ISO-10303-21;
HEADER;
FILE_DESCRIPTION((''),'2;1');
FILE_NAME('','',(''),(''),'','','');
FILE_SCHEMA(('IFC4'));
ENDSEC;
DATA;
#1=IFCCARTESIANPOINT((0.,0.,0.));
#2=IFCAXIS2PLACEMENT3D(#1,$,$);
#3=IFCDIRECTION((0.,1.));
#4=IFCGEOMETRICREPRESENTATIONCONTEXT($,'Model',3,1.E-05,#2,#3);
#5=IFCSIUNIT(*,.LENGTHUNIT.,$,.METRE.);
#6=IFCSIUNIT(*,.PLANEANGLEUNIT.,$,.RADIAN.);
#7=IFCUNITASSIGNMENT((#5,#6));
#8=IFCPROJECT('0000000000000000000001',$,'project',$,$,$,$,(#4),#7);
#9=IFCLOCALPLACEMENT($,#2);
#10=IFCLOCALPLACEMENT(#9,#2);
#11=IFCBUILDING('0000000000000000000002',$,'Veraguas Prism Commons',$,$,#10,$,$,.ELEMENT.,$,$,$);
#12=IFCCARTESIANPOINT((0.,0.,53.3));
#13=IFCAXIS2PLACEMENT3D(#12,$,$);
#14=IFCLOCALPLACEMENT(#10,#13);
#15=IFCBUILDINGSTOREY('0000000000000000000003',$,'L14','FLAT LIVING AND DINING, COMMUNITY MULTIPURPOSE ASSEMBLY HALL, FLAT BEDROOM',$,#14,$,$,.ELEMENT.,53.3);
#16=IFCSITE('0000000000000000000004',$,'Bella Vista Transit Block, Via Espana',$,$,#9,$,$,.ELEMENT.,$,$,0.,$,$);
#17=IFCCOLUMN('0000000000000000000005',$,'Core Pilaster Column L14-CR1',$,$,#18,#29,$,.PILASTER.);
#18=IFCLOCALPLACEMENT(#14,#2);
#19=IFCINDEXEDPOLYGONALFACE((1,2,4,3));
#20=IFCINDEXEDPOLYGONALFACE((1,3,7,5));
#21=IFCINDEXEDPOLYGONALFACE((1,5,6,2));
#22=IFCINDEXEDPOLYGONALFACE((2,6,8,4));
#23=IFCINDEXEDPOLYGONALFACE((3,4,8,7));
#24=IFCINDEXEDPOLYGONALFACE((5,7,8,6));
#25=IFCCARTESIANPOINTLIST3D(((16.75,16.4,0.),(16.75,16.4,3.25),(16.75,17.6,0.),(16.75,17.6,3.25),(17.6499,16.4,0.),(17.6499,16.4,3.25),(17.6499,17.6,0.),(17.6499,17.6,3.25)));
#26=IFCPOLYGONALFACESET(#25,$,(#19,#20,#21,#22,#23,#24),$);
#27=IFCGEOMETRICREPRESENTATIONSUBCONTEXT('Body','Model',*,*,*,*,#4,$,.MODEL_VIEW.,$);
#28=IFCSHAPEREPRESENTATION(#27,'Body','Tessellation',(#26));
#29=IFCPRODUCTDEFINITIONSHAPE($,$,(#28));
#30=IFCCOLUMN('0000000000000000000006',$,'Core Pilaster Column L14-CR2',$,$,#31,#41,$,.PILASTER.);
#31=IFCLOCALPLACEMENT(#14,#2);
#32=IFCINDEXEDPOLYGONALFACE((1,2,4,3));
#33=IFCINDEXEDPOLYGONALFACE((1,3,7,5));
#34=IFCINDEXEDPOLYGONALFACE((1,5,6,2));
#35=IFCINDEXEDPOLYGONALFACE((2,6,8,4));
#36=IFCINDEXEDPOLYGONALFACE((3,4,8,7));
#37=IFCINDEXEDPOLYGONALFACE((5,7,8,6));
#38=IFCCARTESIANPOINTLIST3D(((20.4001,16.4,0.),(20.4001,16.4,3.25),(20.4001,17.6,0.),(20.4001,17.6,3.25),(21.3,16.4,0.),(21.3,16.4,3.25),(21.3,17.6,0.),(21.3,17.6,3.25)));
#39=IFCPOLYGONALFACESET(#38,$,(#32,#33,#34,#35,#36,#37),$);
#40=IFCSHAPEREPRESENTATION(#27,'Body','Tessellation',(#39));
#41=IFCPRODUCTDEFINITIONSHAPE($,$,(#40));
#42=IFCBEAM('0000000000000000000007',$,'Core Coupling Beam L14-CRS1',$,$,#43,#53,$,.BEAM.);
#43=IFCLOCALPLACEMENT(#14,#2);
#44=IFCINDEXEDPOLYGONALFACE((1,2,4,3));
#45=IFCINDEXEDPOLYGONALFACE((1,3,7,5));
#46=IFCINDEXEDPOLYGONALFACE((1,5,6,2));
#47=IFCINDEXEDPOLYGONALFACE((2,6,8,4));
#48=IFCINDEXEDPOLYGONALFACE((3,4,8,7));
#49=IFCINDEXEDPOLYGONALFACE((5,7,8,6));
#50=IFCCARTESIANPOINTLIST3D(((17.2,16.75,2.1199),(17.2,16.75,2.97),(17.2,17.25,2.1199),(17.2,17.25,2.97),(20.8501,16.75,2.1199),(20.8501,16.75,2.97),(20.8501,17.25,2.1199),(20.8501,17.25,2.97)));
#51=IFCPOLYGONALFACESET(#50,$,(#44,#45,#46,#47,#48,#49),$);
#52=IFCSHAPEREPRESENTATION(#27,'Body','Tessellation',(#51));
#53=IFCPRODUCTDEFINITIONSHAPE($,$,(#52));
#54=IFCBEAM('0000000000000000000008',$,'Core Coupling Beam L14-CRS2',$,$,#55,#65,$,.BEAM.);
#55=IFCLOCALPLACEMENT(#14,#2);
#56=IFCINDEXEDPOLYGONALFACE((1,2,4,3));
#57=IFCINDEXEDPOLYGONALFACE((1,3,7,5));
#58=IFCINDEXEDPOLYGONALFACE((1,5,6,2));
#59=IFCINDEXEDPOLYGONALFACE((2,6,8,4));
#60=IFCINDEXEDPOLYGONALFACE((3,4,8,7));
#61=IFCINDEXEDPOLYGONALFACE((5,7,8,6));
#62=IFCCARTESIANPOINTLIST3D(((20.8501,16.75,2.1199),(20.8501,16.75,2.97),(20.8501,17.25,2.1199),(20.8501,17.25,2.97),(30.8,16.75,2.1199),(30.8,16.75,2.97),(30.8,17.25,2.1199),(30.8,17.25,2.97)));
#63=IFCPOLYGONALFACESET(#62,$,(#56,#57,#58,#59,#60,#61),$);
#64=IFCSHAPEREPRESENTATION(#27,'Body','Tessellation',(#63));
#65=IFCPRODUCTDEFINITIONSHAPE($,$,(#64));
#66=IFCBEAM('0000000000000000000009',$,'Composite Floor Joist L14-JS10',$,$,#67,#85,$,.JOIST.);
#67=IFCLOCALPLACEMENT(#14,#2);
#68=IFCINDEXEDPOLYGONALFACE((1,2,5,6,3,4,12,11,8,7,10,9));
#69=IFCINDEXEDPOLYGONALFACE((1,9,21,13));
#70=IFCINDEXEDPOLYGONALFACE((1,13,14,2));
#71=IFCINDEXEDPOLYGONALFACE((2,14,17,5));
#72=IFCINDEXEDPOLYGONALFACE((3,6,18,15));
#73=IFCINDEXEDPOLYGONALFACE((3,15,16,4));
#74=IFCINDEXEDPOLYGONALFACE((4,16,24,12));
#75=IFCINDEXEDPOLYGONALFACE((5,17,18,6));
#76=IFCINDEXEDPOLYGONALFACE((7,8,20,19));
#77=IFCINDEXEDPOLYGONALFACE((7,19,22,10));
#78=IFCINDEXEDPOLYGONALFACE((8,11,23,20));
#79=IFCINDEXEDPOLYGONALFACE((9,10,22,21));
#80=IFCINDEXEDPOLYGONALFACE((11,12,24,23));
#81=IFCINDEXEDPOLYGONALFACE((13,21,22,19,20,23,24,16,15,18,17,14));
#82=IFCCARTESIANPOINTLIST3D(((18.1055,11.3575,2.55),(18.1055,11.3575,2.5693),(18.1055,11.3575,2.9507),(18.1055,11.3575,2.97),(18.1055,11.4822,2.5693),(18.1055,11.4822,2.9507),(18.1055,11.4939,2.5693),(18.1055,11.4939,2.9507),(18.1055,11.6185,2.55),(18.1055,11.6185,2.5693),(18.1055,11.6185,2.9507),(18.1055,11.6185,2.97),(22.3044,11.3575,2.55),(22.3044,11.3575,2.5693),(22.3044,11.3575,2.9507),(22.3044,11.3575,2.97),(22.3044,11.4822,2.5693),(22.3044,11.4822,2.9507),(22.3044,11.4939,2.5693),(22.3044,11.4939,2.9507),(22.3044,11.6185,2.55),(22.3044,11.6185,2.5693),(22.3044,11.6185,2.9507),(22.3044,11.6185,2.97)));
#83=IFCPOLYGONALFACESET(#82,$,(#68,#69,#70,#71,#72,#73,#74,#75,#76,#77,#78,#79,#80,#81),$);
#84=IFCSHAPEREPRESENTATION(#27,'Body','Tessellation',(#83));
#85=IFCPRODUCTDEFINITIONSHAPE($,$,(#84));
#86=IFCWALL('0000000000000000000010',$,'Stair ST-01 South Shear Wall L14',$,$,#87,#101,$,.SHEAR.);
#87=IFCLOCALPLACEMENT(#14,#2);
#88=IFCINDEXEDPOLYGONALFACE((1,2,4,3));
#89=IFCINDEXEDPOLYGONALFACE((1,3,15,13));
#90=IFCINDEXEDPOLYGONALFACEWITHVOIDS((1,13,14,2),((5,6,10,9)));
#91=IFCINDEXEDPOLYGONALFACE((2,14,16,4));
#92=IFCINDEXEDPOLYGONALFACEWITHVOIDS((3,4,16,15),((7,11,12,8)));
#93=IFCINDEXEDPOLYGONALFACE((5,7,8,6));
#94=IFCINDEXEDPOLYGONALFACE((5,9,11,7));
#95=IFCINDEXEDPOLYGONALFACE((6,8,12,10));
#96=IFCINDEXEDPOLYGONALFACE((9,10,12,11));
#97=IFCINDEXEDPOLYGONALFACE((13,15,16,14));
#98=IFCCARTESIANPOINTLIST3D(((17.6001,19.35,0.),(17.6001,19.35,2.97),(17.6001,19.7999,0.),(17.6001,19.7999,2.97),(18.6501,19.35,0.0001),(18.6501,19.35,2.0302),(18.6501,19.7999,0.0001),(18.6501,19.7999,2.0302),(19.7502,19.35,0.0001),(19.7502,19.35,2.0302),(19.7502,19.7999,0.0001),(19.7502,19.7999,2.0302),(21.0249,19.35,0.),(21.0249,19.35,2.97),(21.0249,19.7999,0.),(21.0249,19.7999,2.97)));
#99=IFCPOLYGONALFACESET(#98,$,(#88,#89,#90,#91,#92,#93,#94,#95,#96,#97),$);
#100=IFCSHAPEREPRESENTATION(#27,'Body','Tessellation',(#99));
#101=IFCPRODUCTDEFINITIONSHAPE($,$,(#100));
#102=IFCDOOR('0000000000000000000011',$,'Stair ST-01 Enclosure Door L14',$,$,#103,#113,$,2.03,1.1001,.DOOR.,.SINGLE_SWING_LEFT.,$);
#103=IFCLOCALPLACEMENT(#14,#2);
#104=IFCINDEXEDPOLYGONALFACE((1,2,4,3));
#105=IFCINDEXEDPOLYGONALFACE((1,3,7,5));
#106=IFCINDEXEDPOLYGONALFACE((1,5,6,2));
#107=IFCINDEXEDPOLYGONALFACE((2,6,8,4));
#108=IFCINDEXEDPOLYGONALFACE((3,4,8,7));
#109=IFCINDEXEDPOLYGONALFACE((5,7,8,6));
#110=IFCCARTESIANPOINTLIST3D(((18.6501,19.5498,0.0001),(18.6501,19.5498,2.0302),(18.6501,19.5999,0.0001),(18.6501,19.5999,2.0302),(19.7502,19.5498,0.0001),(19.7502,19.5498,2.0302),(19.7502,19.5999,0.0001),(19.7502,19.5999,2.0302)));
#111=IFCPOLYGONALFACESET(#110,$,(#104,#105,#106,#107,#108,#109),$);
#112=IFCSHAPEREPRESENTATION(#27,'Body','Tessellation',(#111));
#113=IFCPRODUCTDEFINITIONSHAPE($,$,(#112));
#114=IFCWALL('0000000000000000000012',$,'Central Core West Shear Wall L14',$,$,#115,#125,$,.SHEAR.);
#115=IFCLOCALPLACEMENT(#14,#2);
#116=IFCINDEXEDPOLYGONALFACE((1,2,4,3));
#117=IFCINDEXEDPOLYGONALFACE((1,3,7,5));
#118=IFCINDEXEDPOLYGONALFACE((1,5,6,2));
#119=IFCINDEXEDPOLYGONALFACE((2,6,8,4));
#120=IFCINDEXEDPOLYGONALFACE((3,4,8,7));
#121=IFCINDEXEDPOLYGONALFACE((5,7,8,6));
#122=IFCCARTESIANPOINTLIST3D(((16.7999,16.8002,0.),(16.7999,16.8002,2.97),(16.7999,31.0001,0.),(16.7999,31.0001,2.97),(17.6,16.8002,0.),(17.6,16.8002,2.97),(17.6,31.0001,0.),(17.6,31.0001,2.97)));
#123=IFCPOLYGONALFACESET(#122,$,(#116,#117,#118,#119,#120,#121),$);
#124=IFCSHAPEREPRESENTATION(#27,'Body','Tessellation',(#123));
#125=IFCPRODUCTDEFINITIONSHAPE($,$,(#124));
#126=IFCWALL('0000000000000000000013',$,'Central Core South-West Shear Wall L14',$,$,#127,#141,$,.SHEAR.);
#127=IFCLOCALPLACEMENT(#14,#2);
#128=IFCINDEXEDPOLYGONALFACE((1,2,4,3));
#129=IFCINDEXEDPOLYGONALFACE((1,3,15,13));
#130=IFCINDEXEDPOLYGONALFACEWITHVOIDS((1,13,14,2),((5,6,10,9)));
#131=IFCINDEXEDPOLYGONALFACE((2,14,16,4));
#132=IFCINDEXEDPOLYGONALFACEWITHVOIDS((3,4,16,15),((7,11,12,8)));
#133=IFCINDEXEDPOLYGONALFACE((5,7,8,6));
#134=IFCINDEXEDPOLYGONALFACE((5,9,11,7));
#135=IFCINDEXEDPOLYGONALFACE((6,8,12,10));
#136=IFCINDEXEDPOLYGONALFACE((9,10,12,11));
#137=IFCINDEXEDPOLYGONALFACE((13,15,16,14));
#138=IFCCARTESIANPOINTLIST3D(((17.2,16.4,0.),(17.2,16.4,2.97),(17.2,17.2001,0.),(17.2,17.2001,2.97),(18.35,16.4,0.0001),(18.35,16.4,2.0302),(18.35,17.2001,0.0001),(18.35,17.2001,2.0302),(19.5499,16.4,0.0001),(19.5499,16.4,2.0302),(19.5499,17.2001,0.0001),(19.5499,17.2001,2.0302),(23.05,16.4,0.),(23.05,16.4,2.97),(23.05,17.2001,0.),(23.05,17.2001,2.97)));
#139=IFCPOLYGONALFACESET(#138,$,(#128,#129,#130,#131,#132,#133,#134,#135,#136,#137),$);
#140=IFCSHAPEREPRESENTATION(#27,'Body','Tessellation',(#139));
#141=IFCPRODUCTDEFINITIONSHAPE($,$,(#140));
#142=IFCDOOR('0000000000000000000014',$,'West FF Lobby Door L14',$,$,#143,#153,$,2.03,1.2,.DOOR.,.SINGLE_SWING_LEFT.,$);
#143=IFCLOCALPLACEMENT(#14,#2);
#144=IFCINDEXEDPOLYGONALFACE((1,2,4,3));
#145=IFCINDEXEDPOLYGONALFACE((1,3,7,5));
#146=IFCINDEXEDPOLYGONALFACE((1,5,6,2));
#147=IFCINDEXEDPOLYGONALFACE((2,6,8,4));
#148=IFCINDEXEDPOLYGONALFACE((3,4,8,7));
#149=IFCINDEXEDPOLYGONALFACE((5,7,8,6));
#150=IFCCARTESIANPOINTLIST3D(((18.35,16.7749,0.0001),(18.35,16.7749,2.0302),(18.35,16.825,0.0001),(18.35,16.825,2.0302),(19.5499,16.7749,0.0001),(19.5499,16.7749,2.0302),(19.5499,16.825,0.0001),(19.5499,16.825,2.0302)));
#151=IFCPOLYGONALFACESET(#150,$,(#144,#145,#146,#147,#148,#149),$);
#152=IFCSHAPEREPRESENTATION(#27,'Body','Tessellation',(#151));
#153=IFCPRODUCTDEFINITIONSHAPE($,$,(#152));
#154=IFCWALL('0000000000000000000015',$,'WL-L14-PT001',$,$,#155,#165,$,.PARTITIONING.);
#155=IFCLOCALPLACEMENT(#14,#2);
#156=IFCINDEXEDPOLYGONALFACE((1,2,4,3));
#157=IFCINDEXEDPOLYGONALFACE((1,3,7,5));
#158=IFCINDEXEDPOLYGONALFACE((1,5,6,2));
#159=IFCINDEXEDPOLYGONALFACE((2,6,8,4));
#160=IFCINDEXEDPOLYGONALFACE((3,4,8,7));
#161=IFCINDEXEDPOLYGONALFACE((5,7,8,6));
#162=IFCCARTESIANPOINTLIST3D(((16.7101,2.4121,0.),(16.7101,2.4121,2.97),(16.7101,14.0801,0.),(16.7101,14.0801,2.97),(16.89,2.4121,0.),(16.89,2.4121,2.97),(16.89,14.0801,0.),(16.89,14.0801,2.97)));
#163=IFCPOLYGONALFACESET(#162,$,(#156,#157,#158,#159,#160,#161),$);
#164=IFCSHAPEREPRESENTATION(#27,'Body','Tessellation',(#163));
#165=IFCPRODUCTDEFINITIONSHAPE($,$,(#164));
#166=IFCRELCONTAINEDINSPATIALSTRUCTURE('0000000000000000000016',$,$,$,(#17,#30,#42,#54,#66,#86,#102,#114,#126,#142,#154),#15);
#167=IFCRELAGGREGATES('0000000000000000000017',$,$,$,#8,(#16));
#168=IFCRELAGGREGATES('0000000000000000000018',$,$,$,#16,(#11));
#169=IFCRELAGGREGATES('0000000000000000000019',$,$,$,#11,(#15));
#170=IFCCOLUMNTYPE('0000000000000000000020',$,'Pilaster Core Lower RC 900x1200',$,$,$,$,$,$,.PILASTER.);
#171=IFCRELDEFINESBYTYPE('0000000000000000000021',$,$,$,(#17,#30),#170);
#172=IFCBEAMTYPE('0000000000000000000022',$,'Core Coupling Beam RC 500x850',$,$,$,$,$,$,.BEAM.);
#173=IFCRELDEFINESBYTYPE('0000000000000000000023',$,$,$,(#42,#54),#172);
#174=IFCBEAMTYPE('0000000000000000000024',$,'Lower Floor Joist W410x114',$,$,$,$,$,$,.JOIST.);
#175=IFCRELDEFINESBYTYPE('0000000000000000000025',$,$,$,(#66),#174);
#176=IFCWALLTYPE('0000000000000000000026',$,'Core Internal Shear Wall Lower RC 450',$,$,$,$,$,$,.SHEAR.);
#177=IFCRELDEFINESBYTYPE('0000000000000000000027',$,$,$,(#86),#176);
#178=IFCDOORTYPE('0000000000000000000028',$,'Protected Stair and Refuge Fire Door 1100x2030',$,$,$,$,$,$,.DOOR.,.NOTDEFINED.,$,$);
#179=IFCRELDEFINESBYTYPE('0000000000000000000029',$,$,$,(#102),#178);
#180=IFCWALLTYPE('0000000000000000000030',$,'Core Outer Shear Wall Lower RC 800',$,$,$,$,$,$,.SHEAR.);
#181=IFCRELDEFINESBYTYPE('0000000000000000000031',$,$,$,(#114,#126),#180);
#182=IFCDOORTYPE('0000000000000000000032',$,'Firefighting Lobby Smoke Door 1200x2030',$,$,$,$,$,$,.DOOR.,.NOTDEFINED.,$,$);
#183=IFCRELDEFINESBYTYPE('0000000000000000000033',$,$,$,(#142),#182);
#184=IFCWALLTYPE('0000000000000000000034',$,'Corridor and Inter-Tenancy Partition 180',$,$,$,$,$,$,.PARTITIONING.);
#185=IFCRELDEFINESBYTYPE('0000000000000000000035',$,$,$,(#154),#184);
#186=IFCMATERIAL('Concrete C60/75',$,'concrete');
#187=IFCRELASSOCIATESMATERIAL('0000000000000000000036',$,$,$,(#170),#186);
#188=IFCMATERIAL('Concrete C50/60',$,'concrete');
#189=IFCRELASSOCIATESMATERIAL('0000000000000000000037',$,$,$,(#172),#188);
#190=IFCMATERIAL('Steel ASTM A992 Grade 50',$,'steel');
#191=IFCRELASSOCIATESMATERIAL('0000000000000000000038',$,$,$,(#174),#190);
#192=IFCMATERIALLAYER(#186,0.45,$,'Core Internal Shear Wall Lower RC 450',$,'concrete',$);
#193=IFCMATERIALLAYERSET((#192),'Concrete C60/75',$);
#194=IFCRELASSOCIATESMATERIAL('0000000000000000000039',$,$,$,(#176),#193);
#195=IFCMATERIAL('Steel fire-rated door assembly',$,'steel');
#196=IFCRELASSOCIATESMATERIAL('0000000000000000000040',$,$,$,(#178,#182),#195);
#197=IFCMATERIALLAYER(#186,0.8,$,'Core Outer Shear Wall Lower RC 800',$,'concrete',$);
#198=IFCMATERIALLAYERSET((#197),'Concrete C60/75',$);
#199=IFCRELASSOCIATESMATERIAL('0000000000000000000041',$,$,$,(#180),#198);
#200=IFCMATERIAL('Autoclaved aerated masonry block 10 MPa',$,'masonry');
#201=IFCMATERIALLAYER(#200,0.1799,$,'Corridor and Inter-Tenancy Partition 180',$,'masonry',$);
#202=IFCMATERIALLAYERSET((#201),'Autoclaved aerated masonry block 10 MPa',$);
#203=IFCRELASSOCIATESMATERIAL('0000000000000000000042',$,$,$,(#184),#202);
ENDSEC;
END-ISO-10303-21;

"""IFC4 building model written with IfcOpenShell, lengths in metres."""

from ifc_helpers import new_model, si_unit, direction, frame, frame_2d, origin, origin_2d, place, context, subcontext, project, spatial, rectangle, i_section, extrude, source, transform, mapped, material, layer, layer_set, material_profile, profile_set, type_object, element, fill, save


model = new_model("IFC4")

# Units and contexts
model_context = context("Model", 3, precision=1e-05, world=origin(), true_north=direction((0.0, 1.0)))
body_context = subcontext(model_context, "Body", "Model", "MODEL_VIEW")
ifc_project = project(units=[si_unit("LENGTHUNIT", "METRE"), si_unit("PLANEANGLEUNIT", "RADIAN")], contexts=[model_context])

# Site, building, storey
site_placement = place(None, origin())
site = spatial("IfcSite", under=ifc_project, at=site_placement, Name="Bella Vista Transit Block, Via Espana", CompositionType="ELEMENT", RefElevation=0.0)
building_placement = place(site_placement, origin())
building = spatial("IfcBuilding", under=site, at=building_placement, Name="Veraguas Prism Commons", CompositionType="ELEMENT")
storey_placement = place(building_placement, frame((0.0, 0.0, 53.3)))
storey = spatial("IfcBuildingStorey", under=building, at=storey_placement, Name="L14", Description="FLAT LIVING AND DINING, COMMUNITY MULTIPURPOSE ASSEMBLY HALL, FLAT BEDROOM", CompositionType="ELEMENT", Elevation=53.3)

# Columns
ifc_material_1 = material(Name="Concrete C60/75", Category="concrete")
ifc_material_profile_1 = material_profile(ifc_material_1, rectangle(XDim=0.8999, YDim=1.2, at=origin_2d()), Name="RC900X1200")
ifc_profile_set_1 = profile_set([ifc_material_profile_1], Name="Concrete C60/75")
column_type = type_object("IfcColumnType", Name="Pilaster Core Lower RC 900x1200", PredefinedType="PILASTER", material=ifc_profile_set_1)
for number, where, z_axis, x_axis, name in (
    (1, (17.2, 17.0, 0.0), (0.0, 0.0, 1.0), (1.0, 0.0, 0.0), "Core Pilaster Column L14-CR1"),
    (2, (20.8501, 17.0, 0.0), (0.0, 0.0, 1.0), (1.0, 0.0, 0.0), "Core Pilaster Column L14-CR2"),
):
    element("IfcColumn", number, at=place(storey_placement, frame(where, z_axis=z_axis, x_axis=x_axis)), inside=storey, type_object=column_type, Name=name, PredefinedType="PILASTER", context=body_context, shape_type="SweptSolid", body=[
        extrude(rectangle(XDim=0.8999, YDim=1.2, at=origin_2d()), origin(), (0.0, 0.0, 1.0), 3.25),
    ])

# Beams
ifc_material_2 = material(Name="Concrete C50/60", Category="concrete")
ifc_material_profile_2 = material_profile(ifc_material_2, rectangle(XDim=0.5, YDim=0.8501, at=origin_2d()), Name="RC500X850")
ifc_profile_set_2 = profile_set([ifc_material_profile_2], Name="Concrete C50/60")
beam_type_1 = type_object("IfcBeamType", Name="Core Coupling Beam RC 500x850", PredefinedType="BEAM", material=ifc_profile_set_2)
beam_1_placement = place(storey_placement, frame((17.2, 17.0, 2.5449), z_axis=(1.0, 0.0, 0.0), x_axis=(0.0, 1.0, 0.0)))
element("IfcBeam", 3, at=beam_1_placement, inside=storey, type_object=beam_type_1, Name="Core Coupling Beam L14-CRS1", PredefinedType="BEAM", context=body_context, shape_type="SweptSolid", body=[
    extrude(rectangle(XDim=0.5, YDim=0.8501, at=origin_2d()), origin(), (0.0, 0.0, 1.0), 3.6501),
])
beam_2_placement = place(storey_placement, frame((20.8501, 17.0, 2.5449), z_axis=(1.0, 0.0, 0.0), x_axis=(0.0, 1.0, 0.0)))
element("IfcBeam", 4, at=beam_2_placement, inside=storey, type_object=beam_type_1, Name="Core Coupling Beam L14-CRS2", PredefinedType="BEAM", context=body_context, shape_type="SweptSolid", body=[
    extrude(rectangle(XDim=0.5, YDim=0.8501, at=origin_2d()), origin(), (0.0, 0.0, 1.0), 9.95),
])
ifc_material_3 = material(Name="Steel ASTM A992 Grade 50", Category="steel")
ifc_material_profile_3 = material_profile(ifc_material_3, i_section(OverallWidth=0.261, OverallDepth=0.4199, WebThickness=0.0117, FlangeThickness=0.0193, at=origin_2d()), Name="W410X114")
ifc_profile_set_3 = profile_set([ifc_material_profile_3], Name="Steel ASTM A992 Grade 50")
beam_type_2 = type_object("IfcBeamType", Name="Lower Floor Joist W410x114", PredefinedType="JOIST", material=ifc_profile_set_3)
beam_3_placement = place(storey_placement, frame((18.1055, 11.488, 2.76), z_axis=(1.0, 0.0, 0.0), x_axis=(0.0, 1.0, 0.0)))
element("IfcBeam", 5, at=beam_3_placement, inside=storey, type_object=beam_type_2, Name="Composite Floor Joist L14-JS10", PredefinedType="JOIST", context=body_context, shape_type="SweptSolid", body=[
    extrude(i_section(OverallWidth=0.261, OverallDepth=0.4199, WebThickness=0.0117, FlangeThickness=0.0193, at=origin_2d()), origin(), (0.0, 0.0, 1.0), 4.199),
])

# Wall, opening, door
ifc_layer_1 = layer(ifc_material_1, 0.45, Name="Core Internal Shear Wall Lower RC 450", Category="concrete")
ifc_layer_set_1 = layer_set([ifc_layer_1], Name="Concrete C60/75")
wall_type_1 = type_object("IfcWallType", Name="Core Internal Shear Wall Lower RC 450", PredefinedType="SHEAR", material=ifc_layer_set_1)
wall_1_placement = place(storey_placement, frame((17.6001, 19.575, 0.0), z_axis=(0.0, 0.0, 1.0), x_axis=(1.0, 0.0, 0.0)))
wall_1 = element("IfcWall", 6, at=wall_1_placement, inside=storey, type_object=wall_type_1, Name="Stair ST-01 South Shear Wall L14", PredefinedType="SHEAR", context=body_context, shape_type="SweptSolid", body=[
    extrude(rectangle(XDim=3.4248, YDim=0.45, at=frame_2d((1.7124, 0.0))), origin(), (0.0, 0.0, 1.0), 2.97),
])
opening_1_placement = place(wall_1_placement, frame((1.05, 0.0, 0.0)))
opening_1 = element("IfcOpeningElement", 7, at=opening_1_placement, cuts=wall_1, PredefinedType="OPENING", context=body_context, shape_type="SweptSolid", body=[
    extrude(rectangle(XDim=1.1001, YDim=2.03, at=frame_2d((0.55, 1.0151))), frame((0.0, 0.2349, 0.0), z_axis=(0.0, -1.0, 0.0), x_axis=(1.0, 0.0, 0.0)), (0.0, 0.0, 1.0), 0.47),
])
ifc_material_4 = material(Name="Steel fire-rated door assembly", Category="steel")
door_type_1 = type_object("IfcDoorType", Name="Protected Stair and Refuge Fire Door 1100x2030", OperationType="NOTDEFINED", PredefinedType="DOOR", material=ifc_material_4)
shared_shape_1 = source(origin(), body_context, "Body", "SweptSolid", [
    extrude(rectangle(XDim=1.1001, YDim=2.03, at=frame_2d((0.55, 1.0151))), frame((0.0, 0.0249, 0.0), z_axis=(0.0, -1.0, 0.0), x_axis=(1.0, 0.0, 0.0)), (0.0, 0.0, 1.0), 0.05),
])
door_1_placement = place(opening_1_placement, origin())
door_1 = element("IfcDoor", 8, at=door_1_placement, inside=storey, type_object=door_type_1, Name="Stair ST-01 Enclosure Door L14", OperationType="SINGLE_SWING_LEFT", OverallHeight=2.03, OverallWidth=1.1001, PredefinedType="DOOR", context=body_context, shape_type="MappedRepresentation", body=[
    mapped(shared_shape_1, transform((0.0, 0.0, 0.0), scale=1.0)),
])
fill(opening_1, door_1)

# Wall
ifc_layer_2 = layer(ifc_material_1, 0.8, Name="Core Outer Shear Wall Lower RC 800", Category="concrete")
ifc_layer_set_2 = layer_set([ifc_layer_2], Name="Concrete C60/75")
wall_type_2 = type_object("IfcWallType", Name="Core Outer Shear Wall Lower RC 800", PredefinedType="SHEAR", material=ifc_layer_set_2)
wall_2_placement = place(storey_placement, frame((17.2, 16.8, 0.0), z_axis=(0.0, 0.0, 1.0), x_axis=(0.0, 1.0, 0.0)))
element("IfcWall", 9, at=wall_2_placement, inside=storey, type_object=wall_type_2, Name="Central Core West Shear Wall L14", PredefinedType="SHEAR", context=body_context, shape_type="SweptSolid", body=[
    extrude(rectangle(XDim=14.2, YDim=0.8, at=frame_2d((7.1001, 0.0))), origin(), (0.0, 0.0, 1.0), 2.97),
])

# Wall, opening, door
wall_3_placement = place(storey_placement, frame((17.2, 16.8, 0.0), z_axis=(0.0, 0.0, 1.0), x_axis=(1.0, 0.0, 0.0)))
wall_3 = element("IfcWall", 10, at=wall_3_placement, inside=storey, type_object=wall_type_2, Name="Central Core South-West Shear Wall L14", PredefinedType="SHEAR", context=body_context, shape_type="SweptSolid", body=[
    extrude(rectangle(XDim=5.8501, YDim=0.8, at=frame_2d((2.925, 0.0))), origin(), (0.0, 0.0, 1.0), 2.97),
])
opening_2_placement = place(wall_3_placement, frame((1.1499, 0.0, 0.0)))
opening_2 = element("IfcOpeningElement", 11, at=opening_2_placement, cuts=wall_3, PredefinedType="OPENING", context=body_context, shape_type="SweptSolid", body=[
    extrude(rectangle(XDim=1.2, YDim=2.03, at=frame_2d((0.6001, 1.0151))), frame((0.0, 0.4099, 0.0), z_axis=(0.0, -1.0, 0.0), x_axis=(1.0, 0.0, 0.0)), (0.0, 0.0, 1.0), 0.8201),
])
door_type_2 = type_object("IfcDoorType", Name="Firefighting Lobby Smoke Door 1200x2030", OperationType="NOTDEFINED", PredefinedType="DOOR", material=ifc_material_4)
shared_shape_2 = source(origin(), body_context, "Body", "SweptSolid", [
    extrude(rectangle(XDim=1.2, YDim=2.03, at=frame_2d((0.6001, 1.0151))), frame((0.0, 0.0249, 0.0), z_axis=(0.0, -1.0, 0.0), x_axis=(1.0, 0.0, 0.0)), (0.0, 0.0, 1.0), 0.05),
])
door_2_placement = place(opening_2_placement, origin())
door_2 = element("IfcDoor", 12, at=door_2_placement, inside=storey, type_object=door_type_2, Name="West FF Lobby Door L14", OperationType="SINGLE_SWING_LEFT", OverallHeight=2.03, OverallWidth=1.2, PredefinedType="DOOR", context=body_context, shape_type="MappedRepresentation", body=[
    mapped(shared_shape_2, transform((0.0, 0.0, 0.0), scale=1.0)),
])
fill(opening_2, door_2)

# Wall
ifc_material_5 = material(Name="Autoclaved aerated masonry block 10 MPa", Category="masonry")
ifc_layer_3 = layer(ifc_material_5, 0.1799, Name="Corridor and Inter-Tenancy Partition 180", Category="masonry")
ifc_layer_set_3 = layer_set([ifc_layer_3], Name="Autoclaved aerated masonry block 10 MPa")
wall_type_3 = type_object("IfcWallType", Name="Corridor and Inter-Tenancy Partition 180", PredefinedType="PARTITIONING", material=ifc_layer_set_3)
wall_4_placement = place(storey_placement, frame((16.8, 14.0801, 0.0), z_axis=(0.0, 0.0, 1.0), x_axis=(0.0, -1.0, 0.0)))
element("IfcWall", 13, at=wall_4_placement, inside=storey, type_object=wall_type_3, Name="WL-L14-PT001", PredefinedType="PARTITIONING", context=body_context, shape_type="SweptSolid", body=[
    extrude(rectangle(XDim=11.668, YDim=0.1799, at=frame_2d((5.834, 0.0))), origin(), (0.0, 0.0, 1.0), 2.97),
])

save(model, "model.ifc")
